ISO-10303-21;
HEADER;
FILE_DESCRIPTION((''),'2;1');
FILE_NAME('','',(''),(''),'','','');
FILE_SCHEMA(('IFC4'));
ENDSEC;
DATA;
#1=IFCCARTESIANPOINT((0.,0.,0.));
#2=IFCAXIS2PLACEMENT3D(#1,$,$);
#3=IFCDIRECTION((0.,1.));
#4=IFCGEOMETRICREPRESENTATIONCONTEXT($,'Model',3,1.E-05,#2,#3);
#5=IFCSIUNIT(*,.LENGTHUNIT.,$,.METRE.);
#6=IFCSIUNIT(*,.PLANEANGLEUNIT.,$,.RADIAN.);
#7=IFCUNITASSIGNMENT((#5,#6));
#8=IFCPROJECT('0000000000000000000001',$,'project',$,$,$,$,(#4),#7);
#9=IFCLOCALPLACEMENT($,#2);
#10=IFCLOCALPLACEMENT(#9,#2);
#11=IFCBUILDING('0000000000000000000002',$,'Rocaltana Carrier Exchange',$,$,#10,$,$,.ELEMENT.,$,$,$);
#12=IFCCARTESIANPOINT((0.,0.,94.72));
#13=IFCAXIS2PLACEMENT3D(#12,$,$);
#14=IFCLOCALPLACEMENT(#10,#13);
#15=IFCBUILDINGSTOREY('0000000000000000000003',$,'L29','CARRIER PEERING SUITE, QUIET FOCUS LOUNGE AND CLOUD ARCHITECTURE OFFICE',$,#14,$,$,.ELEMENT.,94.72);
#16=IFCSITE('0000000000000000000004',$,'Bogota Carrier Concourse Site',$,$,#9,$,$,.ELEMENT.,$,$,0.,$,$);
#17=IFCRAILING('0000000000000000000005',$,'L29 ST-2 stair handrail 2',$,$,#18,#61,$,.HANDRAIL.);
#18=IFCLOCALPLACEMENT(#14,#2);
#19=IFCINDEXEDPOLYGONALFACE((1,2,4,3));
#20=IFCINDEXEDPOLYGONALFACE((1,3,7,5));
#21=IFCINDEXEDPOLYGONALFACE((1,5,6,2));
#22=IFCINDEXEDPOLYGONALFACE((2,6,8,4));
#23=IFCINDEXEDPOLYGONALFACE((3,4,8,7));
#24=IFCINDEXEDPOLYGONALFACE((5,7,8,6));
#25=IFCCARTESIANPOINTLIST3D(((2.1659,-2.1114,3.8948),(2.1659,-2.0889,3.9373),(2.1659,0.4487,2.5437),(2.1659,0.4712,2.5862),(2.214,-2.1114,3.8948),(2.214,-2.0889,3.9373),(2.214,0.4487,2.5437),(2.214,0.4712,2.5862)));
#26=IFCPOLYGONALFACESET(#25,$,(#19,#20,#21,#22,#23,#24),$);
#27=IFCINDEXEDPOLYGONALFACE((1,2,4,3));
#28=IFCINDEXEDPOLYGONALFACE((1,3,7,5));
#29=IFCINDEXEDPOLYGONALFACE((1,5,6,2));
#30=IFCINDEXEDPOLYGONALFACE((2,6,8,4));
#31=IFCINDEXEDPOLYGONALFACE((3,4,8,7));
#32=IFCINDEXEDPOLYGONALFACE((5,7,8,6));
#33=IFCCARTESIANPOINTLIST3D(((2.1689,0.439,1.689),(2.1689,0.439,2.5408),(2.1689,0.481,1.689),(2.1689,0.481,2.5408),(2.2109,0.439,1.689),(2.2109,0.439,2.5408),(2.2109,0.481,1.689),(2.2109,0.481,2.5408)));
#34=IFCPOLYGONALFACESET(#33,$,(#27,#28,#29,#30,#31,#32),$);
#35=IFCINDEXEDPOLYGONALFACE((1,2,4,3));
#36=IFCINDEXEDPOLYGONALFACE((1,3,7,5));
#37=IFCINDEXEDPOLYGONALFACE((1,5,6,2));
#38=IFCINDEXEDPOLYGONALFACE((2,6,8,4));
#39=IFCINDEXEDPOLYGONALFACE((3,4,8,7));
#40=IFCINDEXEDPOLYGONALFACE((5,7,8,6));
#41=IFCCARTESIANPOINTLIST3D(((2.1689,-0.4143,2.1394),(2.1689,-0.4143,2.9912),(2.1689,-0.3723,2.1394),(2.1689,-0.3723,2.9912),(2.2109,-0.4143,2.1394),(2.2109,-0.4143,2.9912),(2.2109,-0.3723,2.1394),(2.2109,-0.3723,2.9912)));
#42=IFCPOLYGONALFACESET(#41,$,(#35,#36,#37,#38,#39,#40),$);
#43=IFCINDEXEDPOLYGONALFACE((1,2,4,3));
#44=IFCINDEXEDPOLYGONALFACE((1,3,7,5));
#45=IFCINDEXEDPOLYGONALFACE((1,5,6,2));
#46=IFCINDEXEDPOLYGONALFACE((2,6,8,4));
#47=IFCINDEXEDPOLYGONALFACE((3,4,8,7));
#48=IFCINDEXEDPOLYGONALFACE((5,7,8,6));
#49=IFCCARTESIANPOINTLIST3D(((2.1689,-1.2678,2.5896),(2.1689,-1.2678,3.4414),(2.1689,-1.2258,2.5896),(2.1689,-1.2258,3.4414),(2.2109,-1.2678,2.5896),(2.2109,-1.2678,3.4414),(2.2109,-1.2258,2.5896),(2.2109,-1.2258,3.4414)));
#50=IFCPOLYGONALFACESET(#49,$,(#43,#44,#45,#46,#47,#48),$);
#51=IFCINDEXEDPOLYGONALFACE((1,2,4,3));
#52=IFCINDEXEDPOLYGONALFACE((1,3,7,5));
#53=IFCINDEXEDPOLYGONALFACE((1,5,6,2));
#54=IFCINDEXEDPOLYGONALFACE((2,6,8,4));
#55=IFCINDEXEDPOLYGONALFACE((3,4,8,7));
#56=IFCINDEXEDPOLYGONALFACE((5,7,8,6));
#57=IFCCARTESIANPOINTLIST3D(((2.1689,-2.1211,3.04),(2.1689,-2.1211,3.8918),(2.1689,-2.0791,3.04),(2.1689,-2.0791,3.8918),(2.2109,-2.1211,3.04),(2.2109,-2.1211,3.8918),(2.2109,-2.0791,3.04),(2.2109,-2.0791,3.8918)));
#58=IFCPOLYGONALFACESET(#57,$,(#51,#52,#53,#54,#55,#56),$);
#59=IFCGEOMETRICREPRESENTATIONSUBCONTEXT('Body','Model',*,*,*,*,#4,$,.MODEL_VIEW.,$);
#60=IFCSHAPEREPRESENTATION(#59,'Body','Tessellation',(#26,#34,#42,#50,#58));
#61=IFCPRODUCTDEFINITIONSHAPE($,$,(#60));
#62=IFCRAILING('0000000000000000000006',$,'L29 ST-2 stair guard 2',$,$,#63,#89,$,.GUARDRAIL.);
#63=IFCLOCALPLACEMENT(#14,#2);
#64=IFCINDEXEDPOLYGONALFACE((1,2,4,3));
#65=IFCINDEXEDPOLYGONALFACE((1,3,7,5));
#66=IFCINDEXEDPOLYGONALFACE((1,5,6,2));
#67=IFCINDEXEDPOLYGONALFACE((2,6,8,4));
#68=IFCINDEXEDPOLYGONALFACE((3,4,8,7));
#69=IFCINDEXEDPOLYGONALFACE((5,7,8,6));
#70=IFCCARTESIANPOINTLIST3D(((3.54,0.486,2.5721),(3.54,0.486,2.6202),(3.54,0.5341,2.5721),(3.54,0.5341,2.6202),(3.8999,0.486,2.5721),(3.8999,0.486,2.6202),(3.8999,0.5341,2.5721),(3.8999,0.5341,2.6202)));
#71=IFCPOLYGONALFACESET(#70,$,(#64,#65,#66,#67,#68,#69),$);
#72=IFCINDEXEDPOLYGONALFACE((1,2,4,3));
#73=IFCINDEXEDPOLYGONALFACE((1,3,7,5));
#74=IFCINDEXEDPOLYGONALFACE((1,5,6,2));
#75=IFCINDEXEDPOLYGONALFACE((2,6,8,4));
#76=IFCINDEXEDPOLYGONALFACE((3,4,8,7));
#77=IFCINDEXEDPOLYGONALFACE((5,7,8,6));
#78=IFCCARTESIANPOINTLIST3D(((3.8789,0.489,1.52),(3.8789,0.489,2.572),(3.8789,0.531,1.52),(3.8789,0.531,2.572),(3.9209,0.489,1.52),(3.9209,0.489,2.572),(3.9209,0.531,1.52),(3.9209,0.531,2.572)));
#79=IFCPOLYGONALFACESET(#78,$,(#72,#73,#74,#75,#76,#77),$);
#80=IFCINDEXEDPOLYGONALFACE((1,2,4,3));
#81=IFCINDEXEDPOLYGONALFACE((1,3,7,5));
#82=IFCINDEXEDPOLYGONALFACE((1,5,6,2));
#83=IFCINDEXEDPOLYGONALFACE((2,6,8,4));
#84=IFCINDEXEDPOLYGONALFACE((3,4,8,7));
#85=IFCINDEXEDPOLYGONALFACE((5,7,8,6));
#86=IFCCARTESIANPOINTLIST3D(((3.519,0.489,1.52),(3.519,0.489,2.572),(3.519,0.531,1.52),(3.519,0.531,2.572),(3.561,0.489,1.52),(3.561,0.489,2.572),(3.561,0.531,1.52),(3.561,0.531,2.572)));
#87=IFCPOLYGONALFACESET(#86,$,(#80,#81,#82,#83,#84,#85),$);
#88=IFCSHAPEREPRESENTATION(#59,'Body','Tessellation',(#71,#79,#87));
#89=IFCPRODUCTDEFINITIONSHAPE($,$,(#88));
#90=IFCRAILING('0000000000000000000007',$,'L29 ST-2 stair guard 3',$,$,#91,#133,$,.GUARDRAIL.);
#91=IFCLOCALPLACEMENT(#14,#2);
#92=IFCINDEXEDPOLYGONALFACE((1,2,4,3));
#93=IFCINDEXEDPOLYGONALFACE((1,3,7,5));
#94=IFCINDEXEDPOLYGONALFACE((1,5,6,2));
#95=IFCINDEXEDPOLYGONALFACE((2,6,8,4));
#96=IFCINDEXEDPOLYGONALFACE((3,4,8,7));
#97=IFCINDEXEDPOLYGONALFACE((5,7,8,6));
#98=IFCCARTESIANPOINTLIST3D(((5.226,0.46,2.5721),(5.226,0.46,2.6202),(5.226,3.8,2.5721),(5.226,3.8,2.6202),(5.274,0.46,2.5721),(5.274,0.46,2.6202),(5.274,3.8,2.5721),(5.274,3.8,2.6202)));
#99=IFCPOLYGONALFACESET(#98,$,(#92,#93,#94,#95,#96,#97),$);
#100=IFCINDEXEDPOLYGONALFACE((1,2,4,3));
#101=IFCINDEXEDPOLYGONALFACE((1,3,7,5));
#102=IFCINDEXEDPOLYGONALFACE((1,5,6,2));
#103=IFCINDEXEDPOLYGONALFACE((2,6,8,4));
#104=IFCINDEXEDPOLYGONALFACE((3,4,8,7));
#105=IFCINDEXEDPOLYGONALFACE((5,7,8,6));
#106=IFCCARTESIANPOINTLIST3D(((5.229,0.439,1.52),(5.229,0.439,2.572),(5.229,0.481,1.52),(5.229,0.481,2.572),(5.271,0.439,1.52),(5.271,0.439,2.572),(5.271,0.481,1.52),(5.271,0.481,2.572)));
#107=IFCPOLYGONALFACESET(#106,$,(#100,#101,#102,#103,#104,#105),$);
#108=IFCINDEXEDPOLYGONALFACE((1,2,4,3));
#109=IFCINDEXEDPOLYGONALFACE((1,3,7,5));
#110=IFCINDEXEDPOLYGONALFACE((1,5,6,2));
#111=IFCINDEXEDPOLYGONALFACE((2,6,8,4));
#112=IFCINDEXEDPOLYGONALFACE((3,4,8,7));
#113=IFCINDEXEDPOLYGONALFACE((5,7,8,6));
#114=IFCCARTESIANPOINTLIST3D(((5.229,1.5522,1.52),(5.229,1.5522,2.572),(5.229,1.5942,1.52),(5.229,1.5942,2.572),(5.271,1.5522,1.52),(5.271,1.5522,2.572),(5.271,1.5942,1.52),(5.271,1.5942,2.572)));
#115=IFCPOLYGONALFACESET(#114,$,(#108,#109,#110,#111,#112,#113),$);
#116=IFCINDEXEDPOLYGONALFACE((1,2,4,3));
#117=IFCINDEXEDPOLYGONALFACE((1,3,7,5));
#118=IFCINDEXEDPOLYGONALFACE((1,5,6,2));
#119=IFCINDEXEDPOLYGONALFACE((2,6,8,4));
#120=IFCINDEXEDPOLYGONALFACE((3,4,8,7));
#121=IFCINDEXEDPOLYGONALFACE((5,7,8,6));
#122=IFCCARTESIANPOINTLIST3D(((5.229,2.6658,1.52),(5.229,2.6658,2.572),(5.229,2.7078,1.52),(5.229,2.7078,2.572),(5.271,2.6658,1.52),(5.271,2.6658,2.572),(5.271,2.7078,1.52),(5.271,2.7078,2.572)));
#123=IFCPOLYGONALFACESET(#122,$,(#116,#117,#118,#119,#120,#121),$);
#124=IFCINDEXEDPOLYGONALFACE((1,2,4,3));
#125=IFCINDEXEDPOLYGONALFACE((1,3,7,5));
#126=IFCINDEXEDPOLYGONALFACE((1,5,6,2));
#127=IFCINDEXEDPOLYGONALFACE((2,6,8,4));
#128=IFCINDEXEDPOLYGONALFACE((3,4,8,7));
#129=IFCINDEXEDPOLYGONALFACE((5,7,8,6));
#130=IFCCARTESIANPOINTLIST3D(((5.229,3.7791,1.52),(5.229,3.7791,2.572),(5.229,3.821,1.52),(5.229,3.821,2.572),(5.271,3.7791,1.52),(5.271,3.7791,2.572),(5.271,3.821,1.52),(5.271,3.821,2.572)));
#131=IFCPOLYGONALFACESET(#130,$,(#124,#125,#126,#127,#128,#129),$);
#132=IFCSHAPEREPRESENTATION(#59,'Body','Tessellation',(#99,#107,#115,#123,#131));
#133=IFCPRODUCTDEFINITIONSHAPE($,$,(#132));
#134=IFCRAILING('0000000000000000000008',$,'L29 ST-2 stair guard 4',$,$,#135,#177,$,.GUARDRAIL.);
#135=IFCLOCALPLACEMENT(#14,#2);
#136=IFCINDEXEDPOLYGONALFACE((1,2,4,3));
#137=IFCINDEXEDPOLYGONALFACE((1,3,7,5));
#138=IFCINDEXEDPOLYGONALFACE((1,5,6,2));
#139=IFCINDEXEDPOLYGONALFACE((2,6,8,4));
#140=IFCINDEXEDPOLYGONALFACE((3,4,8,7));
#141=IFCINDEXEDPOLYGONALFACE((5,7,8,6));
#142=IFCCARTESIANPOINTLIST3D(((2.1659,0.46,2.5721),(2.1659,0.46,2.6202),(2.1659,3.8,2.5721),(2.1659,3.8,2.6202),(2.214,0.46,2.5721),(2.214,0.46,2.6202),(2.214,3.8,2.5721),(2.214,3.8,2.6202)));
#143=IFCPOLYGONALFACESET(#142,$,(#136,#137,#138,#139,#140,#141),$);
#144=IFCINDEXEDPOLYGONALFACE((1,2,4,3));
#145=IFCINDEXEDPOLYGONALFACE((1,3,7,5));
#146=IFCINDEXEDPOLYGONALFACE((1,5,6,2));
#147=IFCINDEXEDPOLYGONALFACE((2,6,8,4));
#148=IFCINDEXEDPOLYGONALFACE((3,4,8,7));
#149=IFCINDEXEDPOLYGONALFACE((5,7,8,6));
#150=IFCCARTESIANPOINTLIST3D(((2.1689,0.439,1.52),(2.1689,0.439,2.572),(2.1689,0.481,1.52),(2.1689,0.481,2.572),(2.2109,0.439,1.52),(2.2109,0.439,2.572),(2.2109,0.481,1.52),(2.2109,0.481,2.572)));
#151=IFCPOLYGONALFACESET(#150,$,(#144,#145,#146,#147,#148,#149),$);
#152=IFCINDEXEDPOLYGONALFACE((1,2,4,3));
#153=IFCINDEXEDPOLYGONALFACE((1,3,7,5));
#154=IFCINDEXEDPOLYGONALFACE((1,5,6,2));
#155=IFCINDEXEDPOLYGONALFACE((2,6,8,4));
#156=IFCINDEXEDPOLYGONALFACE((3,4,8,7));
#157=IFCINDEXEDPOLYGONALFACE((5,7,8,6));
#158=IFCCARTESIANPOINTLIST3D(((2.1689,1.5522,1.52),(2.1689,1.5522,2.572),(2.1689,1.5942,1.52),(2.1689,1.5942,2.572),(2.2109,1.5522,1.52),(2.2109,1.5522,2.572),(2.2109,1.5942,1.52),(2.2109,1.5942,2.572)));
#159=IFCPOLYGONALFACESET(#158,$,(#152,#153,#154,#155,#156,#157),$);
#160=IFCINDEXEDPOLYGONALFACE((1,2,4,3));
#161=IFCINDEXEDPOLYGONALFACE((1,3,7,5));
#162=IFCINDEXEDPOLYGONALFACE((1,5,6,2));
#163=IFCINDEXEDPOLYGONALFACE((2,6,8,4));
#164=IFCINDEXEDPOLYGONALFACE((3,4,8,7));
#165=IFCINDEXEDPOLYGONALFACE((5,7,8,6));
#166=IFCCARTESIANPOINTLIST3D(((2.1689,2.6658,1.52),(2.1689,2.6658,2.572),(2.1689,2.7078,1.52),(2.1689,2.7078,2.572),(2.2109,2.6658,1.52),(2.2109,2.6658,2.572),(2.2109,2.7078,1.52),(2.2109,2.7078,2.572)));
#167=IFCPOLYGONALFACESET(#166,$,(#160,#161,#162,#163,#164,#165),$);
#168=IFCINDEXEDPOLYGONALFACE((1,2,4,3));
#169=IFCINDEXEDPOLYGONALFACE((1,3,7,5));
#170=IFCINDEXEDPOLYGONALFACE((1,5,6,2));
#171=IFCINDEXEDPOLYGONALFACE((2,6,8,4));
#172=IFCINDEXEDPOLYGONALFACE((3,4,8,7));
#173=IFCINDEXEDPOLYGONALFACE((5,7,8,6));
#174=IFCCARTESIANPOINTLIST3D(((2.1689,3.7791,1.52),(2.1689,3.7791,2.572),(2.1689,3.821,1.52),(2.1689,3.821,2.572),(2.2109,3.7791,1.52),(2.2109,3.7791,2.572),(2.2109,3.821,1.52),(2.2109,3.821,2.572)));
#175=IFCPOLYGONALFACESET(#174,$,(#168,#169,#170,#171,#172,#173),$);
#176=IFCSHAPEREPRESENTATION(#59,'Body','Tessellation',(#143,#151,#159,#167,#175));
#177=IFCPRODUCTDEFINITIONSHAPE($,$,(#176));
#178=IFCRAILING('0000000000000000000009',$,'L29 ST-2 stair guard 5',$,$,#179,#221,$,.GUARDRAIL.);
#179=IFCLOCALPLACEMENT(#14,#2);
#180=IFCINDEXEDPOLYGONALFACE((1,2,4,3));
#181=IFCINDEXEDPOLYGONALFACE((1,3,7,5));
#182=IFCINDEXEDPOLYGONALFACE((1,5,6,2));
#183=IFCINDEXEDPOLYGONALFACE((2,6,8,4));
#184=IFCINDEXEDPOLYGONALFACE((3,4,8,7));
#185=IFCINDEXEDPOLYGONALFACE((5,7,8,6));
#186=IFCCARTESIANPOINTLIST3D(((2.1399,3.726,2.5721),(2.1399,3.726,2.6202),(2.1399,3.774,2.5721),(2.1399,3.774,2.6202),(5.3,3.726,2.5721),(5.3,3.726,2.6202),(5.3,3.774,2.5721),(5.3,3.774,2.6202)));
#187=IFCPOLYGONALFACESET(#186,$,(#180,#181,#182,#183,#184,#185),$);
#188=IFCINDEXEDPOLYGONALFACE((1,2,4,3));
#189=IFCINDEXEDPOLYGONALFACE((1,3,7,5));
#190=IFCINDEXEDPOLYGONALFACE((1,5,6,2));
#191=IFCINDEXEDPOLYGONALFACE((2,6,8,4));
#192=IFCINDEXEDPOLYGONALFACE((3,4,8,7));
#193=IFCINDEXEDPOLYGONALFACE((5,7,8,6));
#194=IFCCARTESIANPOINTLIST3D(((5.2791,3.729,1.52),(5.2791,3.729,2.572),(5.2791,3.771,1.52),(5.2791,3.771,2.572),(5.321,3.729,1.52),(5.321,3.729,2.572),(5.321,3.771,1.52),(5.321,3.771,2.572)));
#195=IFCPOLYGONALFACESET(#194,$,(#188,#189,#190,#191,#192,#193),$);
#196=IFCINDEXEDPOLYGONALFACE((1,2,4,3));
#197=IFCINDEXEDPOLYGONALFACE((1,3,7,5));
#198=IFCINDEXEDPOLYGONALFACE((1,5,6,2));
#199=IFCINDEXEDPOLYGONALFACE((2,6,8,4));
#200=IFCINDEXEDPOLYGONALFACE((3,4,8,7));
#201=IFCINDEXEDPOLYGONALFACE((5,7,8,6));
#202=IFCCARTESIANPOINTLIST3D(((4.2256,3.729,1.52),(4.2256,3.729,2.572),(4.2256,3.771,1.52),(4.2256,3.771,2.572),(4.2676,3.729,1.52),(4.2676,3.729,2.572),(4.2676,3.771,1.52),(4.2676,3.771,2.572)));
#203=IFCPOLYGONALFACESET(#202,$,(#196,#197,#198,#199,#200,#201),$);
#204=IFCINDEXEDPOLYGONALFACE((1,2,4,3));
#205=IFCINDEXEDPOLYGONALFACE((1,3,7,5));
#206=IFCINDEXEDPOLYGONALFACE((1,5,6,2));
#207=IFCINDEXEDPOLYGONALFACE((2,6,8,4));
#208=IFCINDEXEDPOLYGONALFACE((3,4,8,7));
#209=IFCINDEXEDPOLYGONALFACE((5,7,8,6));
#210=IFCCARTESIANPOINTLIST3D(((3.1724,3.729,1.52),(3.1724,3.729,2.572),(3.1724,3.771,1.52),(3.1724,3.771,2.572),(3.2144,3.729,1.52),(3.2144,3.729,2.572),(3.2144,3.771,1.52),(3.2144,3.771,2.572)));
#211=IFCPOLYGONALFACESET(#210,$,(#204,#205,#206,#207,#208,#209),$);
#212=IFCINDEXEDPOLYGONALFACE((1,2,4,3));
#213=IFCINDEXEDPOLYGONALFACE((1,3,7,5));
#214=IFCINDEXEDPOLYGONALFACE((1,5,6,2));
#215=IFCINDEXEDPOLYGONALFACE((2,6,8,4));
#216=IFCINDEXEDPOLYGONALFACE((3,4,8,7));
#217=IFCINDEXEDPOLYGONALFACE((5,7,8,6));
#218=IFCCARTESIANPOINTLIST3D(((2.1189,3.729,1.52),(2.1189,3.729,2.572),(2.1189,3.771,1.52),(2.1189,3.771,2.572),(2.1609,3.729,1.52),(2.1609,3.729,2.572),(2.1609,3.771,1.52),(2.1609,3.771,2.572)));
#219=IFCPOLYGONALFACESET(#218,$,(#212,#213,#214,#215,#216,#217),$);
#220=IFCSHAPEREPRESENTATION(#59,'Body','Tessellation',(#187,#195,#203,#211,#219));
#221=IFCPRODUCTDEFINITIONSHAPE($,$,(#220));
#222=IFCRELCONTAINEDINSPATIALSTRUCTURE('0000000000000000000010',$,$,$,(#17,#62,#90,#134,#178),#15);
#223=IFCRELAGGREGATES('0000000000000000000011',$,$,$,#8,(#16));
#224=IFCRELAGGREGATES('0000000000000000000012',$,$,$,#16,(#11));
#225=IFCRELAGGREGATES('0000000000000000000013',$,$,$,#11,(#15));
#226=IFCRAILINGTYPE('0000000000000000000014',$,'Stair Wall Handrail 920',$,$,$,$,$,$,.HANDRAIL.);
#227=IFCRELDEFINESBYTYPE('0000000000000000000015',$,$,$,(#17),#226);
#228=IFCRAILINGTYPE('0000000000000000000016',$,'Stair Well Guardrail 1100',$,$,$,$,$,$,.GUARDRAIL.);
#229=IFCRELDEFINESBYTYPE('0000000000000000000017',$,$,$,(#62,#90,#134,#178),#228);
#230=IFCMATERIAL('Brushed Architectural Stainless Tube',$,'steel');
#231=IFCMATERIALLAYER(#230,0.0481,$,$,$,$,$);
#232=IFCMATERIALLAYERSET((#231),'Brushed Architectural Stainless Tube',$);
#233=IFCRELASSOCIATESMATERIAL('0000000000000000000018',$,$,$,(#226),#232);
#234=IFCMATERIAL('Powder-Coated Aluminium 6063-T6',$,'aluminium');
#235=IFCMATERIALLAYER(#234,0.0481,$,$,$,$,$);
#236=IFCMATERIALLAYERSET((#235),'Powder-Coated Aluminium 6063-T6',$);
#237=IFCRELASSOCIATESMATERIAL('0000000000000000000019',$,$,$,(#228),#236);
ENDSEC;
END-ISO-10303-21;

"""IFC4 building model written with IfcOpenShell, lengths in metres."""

from ifc_helpers import new_model, si_unit, direction, frame, origin, origin_2d, place, context, subcontext, project, spatial, rectangle, extrude, material, layer, layer_set, type_object, element, save


model = new_model("IFC4")

# Units and contexts
model_context = context("Model", 3, precision=1e-05, world=origin(), true_north=direction((0.0, 1.0)))
body_context = subcontext(model_context, "Body", "Model", "MODEL_VIEW")
ifc_project = project(units=[si_unit("LENGTHUNIT", "METRE"), si_unit("PLANEANGLEUNIT", "RADIAN")], contexts=[model_context])

# Site, building, storey
site_placement = place(None, origin())
site = spatial("IfcSite", under=ifc_project, at=site_placement, Name="Bogota Carrier Concourse Site", CompositionType="ELEMENT", RefElevation=0.0)
building_placement = place(site_placement, origin())
building = spatial("IfcBuilding", under=site, at=building_placement, Name="Rocaltana Carrier Exchange", CompositionType="ELEMENT")
storey_placement = place(building_placement, frame((0.0, 0.0, 94.72)))
storey = spatial("IfcBuildingStorey", under=building, at=storey_placement, Name="L29", Description="CARRIER PEERING SUITE, QUIET FOCUS LOUNGE AND CLOUD ARCHITECTURE OFFICE", CompositionType="ELEMENT", Elevation=94.72)

# Railings
ifc_material_1 = material(Name="Brushed Architectural Stainless Tube", Category="steel")
ifc_layer_1 = layer(ifc_material_1, 0.0481)
ifc_layer_set_1 = layer_set([ifc_layer_1], Name="Brushed Architectural Stainless Tube")
railing_type_1 = type_object("IfcRailingType", Name="Stair Wall Handrail 920", PredefinedType="HANDRAIL", material=ifc_layer_set_1)
railing_1_placement = place(storey_placement, frame((2.1899, 0.46, 1.689)))
element("IfcRailing", 1, at=railing_1_placement, inside=storey, type_object=railing_type_1, Name="L29 ST-2 stair handrail 2", PredefinedType="HANDRAIL", context=body_context, shape_type="SweptSolid", body=[
    extrude(rectangle(XDim=0.0481, YDim=0.0481, at=origin_2d()), frame((0.0, 0.0, 0.876), z_axis=(0.0, -0.884394, 0.46674), x_axis=(1.0, 0.0, 0.0)), (0.0, 0.0, 1.0), 2.8948),
    extrude(rectangle(XDim=0.042, YDim=0.042, at=origin_2d()), origin(), (0.0, 0.0, 1.0), 0.8518),
    extrude(rectangle(XDim=0.042, YDim=0.042, at=origin_2d()), frame((0.0, -0.8533, 0.4504)), (0.0, 0.0, 1.0), 0.8518),
    extrude(rectangle(XDim=0.042, YDim=0.042, at=origin_2d()), frame((0.0, -1.7068, 0.9006)), (0.0, 0.0, 1.0), 0.8518),
    extrude(rectangle(XDim=0.042, YDim=0.042, at=origin_2d()), frame((0.0, -2.5601, 1.3511)), (0.0, 0.0, 1.0), 0.8518),
])
ifc_material_2 = material(Name="Powder-Coated Aluminium 6063-T6", Category="aluminium")
ifc_layer_2 = layer(ifc_material_2, 0.0481)
ifc_layer_set_2 = layer_set([ifc_layer_2], Name="Powder-Coated Aluminium 6063-T6")
railing_type_2 = type_object("IfcRailingType", Name="Stair Well Guardrail 1100", PredefinedType="GUARDRAIL", material=ifc_layer_set_2)
railing_2_placement = place(storey_placement, frame((3.8999, 0.51, 1.52)))
element("IfcRailing", 2, at=railing_2_placement, inside=storey, type_object=railing_type_2, Name="L29 ST-2 stair guard 2", PredefinedType="GUARDRAIL", context=body_context, shape_type="SweptSolid", body=[
    extrude(rectangle(XDim=0.0481, YDim=0.0481, at=origin_2d()), frame((0.0, 0.0, 1.0762), z_axis=(-1.0, 0.0, 0.0), x_axis=(0.0, -1.0, 0.0)), (0.0, 0.0, 1.0), 0.3599),
    extrude(rectangle(XDim=0.042, YDim=0.042, at=origin_2d()), origin(), (0.0, 0.0, 1.0), 1.052),
    extrude(rectangle(XDim=0.042, YDim=0.042, at=origin_2d()), frame((-0.3599, 0.0, 0.0)), (0.0, 0.0, 1.0), 1.052),
])
for number, where, name in (
    (3, (5.25, 0.46, 1.52), "L29 ST-2 stair guard 3"),
    (4, (2.1899, 0.46, 1.52), "L29 ST-2 stair guard 4"),
):
    element("IfcRailing", number, at=place(storey_placement, frame(where)), inside=storey, type_object=railing_type_2, Name=name, PredefinedType="GUARDRAIL", context=body_context, shape_type="SweptSolid", body=[
        extrude(rectangle(XDim=0.0481, YDim=0.0481, at=origin_2d()), frame((0.0, 0.0, 1.0762), z_axis=(0.0, 1.0, 0.0), x_axis=(-1.0, 0.0, 0.0)), (0.0, 0.0, 1.0), 3.3401),
        extrude(rectangle(XDim=0.042, YDim=0.042, at=origin_2d()), origin(), (0.0, 0.0, 1.0), 1.052),
        extrude(rectangle(XDim=0.042, YDim=0.042, at=origin_2d()), frame((0.0, 1.1133, 0.0)), (0.0, 0.0, 1.0), 1.052),
        extrude(rectangle(XDim=0.042, YDim=0.042, at=origin_2d()), frame((0.0, 2.2268, 0.0)), (0.0, 0.0, 1.0), 1.052),
        extrude(rectangle(XDim=0.042, YDim=0.042, at=origin_2d()), frame((0.0, 3.3401, 0.0)), (0.0, 0.0, 1.0), 1.052),
    ])
railing_3_placement = place(storey_placement, frame((5.3, 3.75, 1.52)))
element("IfcRailing", 5, at=railing_3_placement, inside=storey, type_object=railing_type_2, Name="L29 ST-2 stair guard 5", PredefinedType="GUARDRAIL", context=body_context, shape_type="SweptSolid", body=[
    extrude(rectangle(XDim=0.0481, YDim=0.0481, at=origin_2d()), frame((0.0, 0.0, 1.0762), z_axis=(-1.0, 0.0, 0.0), x_axis=(0.0, -1.0, 0.0)), (0.0, 0.0, 1.0), 3.1602),
    extrude(rectangle(XDim=0.042, YDim=0.042, at=origin_2d()), origin(), (0.0, 0.0, 1.0), 1.052),
    extrude(rectangle(XDim=0.042, YDim=0.042, at=origin_2d()), frame((-1.0535, 0.0, 0.0)), (0.0, 0.0, 1.0), 1.052),
    extrude(rectangle(XDim=0.042, YDim=0.042, at=origin_2d()), frame((-2.1067, 0.0, 0.0)), (0.0, 0.0, 1.0), 1.052),
    extrude(rectangle(XDim=0.042, YDim=0.042, at=origin_2d()), frame((-3.1602, 0.0, 0.0)), (0.0, 0.0, 1.0), 1.052),
])

save(model, "model.ifc")
